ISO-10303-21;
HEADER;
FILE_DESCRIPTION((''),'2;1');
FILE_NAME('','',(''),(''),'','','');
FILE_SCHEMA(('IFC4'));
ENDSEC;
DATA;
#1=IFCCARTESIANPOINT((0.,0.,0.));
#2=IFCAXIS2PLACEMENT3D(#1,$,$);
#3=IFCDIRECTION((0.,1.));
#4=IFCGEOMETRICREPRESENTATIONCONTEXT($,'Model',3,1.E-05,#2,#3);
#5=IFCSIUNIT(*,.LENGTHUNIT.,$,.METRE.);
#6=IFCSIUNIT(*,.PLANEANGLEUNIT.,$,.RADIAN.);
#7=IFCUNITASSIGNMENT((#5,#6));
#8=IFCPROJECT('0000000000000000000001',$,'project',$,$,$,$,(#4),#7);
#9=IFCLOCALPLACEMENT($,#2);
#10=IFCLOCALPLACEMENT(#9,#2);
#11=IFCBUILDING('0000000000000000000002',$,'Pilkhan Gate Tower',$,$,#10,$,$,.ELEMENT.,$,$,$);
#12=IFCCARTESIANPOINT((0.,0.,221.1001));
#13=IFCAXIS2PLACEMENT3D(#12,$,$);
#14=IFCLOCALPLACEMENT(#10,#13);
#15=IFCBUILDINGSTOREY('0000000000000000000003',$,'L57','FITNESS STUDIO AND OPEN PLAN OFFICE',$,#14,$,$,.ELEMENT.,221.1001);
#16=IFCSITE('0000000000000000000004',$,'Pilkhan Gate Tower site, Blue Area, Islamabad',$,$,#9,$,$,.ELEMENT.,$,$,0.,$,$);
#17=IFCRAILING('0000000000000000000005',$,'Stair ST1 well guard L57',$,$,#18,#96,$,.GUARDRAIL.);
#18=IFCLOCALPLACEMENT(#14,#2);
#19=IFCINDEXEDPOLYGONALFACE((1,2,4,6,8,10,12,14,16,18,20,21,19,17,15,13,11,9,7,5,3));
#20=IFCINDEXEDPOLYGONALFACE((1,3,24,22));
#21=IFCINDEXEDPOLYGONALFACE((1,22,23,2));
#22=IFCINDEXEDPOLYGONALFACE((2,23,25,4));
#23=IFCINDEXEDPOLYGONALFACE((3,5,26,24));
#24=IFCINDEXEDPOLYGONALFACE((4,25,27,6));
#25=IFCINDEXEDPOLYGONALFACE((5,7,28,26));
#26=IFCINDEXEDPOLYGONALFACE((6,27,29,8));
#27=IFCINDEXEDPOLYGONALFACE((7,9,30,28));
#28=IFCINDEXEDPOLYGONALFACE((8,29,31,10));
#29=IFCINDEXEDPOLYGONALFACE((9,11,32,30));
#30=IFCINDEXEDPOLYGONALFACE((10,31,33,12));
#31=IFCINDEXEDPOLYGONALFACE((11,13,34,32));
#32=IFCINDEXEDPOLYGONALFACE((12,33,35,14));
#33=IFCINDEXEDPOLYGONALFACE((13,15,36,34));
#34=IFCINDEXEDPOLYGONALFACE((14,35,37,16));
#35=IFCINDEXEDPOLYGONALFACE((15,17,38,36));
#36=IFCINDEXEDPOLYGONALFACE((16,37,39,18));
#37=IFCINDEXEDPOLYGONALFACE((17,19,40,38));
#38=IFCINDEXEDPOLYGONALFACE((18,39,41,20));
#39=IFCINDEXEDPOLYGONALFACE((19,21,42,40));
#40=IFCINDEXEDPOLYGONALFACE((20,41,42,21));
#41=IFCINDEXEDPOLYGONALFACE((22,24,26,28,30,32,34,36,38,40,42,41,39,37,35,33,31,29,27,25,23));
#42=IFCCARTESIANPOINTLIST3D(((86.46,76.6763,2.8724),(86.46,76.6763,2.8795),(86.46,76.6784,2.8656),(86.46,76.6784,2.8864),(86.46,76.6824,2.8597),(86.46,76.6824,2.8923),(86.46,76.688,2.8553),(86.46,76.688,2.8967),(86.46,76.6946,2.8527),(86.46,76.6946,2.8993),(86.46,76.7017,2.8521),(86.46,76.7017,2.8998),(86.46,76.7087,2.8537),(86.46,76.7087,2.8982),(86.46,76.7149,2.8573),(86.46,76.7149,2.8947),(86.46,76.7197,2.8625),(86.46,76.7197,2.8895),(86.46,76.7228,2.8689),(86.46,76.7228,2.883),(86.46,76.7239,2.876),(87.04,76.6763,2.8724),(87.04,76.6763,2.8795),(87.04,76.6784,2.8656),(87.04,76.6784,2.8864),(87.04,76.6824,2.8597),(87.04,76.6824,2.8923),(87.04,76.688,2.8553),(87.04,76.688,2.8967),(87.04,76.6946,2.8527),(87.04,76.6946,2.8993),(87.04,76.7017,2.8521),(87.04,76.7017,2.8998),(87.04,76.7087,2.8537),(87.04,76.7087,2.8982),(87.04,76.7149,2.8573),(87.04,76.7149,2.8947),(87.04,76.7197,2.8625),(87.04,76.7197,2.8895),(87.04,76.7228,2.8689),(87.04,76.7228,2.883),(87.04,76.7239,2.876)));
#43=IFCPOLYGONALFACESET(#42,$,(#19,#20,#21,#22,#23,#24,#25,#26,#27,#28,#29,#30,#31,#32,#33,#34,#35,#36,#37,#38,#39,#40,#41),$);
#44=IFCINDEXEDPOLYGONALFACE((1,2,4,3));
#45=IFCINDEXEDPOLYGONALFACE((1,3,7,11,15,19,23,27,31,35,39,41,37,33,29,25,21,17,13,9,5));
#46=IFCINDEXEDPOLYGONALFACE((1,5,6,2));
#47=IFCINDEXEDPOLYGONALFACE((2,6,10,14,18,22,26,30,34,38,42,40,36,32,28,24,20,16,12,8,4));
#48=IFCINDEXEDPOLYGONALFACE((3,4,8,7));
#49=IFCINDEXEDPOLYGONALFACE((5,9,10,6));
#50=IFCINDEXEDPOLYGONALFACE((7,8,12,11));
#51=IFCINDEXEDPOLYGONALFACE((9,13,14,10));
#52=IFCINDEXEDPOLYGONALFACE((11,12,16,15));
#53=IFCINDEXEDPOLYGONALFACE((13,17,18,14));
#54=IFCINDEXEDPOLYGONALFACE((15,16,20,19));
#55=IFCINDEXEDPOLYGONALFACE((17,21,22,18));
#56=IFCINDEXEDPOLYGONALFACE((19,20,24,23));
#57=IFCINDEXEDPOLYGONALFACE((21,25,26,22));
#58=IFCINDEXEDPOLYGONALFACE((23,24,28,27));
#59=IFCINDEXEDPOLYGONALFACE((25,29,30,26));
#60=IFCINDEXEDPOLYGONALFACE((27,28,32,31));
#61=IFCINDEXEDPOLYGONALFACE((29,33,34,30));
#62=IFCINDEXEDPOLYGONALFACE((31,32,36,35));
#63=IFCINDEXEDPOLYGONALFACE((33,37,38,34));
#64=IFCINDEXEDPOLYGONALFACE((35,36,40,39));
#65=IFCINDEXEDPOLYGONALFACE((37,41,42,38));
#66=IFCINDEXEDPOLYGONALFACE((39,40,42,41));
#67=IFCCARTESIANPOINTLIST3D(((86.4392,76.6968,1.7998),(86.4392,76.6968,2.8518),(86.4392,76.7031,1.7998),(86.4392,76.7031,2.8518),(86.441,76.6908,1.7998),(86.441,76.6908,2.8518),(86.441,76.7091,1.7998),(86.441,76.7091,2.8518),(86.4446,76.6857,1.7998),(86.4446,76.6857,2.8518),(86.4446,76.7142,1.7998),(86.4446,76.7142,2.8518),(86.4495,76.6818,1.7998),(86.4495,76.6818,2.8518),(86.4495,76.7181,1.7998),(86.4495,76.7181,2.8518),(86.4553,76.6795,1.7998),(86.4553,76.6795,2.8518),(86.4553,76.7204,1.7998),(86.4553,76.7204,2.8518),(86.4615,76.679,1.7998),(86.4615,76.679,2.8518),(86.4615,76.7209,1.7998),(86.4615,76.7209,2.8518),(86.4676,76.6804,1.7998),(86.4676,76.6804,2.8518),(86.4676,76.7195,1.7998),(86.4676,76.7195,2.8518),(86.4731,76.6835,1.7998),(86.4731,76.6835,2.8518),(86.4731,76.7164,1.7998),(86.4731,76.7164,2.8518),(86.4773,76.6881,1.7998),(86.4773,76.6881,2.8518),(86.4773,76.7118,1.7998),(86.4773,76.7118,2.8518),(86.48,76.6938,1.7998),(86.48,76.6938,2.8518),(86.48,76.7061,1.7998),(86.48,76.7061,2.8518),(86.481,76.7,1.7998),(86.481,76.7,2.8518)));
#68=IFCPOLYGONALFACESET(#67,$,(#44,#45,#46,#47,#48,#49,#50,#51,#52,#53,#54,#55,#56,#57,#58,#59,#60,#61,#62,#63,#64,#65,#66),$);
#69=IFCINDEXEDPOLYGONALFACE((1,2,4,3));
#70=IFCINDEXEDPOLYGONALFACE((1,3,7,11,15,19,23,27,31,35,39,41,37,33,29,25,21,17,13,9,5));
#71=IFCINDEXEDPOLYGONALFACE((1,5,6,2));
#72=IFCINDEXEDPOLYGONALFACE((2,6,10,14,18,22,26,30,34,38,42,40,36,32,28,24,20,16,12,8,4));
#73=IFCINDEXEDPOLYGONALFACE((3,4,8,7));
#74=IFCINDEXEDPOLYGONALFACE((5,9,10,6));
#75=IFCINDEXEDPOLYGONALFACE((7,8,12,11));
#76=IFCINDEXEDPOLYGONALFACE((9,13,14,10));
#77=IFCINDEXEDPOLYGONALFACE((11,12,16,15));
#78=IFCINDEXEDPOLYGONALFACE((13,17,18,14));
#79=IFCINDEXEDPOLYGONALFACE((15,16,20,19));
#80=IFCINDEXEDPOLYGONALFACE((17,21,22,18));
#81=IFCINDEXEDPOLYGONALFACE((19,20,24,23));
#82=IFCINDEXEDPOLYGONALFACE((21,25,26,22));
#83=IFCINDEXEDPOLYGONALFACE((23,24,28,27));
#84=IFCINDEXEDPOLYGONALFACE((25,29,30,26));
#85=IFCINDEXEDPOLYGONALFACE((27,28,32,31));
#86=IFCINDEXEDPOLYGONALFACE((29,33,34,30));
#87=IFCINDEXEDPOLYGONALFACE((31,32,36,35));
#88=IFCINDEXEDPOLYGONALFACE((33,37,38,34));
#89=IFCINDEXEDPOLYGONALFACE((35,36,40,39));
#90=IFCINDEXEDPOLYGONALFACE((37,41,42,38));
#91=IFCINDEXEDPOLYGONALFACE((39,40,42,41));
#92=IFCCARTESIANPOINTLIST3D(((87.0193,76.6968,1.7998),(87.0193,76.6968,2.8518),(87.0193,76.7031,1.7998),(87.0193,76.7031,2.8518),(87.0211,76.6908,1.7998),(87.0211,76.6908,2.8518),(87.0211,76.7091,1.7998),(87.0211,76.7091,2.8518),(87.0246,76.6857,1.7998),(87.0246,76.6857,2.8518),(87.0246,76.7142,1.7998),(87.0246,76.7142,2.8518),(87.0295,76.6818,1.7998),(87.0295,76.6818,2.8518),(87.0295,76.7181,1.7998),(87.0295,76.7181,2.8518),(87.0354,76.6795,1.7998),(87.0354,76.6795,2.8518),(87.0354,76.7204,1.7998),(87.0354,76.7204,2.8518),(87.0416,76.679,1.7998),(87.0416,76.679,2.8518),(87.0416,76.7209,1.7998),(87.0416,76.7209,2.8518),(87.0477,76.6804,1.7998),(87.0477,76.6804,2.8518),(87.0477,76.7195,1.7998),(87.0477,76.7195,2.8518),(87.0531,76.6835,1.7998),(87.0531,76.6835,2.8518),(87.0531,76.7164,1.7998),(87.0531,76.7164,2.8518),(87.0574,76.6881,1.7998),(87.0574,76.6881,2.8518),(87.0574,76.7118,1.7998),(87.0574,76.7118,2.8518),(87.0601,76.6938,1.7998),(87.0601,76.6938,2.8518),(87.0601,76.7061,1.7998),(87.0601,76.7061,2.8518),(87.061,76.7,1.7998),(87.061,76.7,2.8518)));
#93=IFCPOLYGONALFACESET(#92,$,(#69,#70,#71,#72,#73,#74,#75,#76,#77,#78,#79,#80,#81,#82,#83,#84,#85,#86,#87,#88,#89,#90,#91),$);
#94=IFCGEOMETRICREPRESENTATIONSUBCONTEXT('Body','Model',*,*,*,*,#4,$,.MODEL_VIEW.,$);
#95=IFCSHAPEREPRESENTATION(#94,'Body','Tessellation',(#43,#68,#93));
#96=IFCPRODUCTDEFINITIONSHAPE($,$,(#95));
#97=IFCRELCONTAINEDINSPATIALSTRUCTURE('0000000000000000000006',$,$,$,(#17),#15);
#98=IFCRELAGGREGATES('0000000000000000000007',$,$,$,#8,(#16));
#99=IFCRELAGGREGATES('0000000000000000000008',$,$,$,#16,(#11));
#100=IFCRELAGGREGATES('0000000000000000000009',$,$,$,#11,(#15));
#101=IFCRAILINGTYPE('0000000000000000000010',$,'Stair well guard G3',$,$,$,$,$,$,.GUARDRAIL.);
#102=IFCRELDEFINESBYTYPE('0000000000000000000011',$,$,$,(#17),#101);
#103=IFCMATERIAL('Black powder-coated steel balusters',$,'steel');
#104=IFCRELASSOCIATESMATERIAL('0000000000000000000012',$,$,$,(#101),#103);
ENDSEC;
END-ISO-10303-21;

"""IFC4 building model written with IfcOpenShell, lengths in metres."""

from ifc_helpers import new_model, si_unit, direction, frame, origin, origin_2d, place, context, subcontext, project, spatial, circle, extrude, material, type_object, element, save


model = new_model("IFC4")

# Units and contexts
model_context = context("Model", 3, precision=1e-05, world=origin(), true_north=direction((0.0, 1.0)))
body_context = subcontext(model_context, "Body", "Model", "MODEL_VIEW")
ifc_project = project(units=[si_unit("LENGTHUNIT", "METRE"), si_unit("PLANEANGLEUNIT", "RADIAN")], contexts=[model_context])

# Site, building, storey
site_placement = place(None, origin())
site = spatial("IfcSite", under=ifc_project, at=site_placement, Name="Pilkhan Gate Tower site, Blue Area, Islamabad", CompositionType="ELEMENT", RefElevation=0.0)
building_placement = place(site_placement, origin())
building = spatial("IfcBuilding", under=site, at=building_placement, Name="Pilkhan Gate Tower", CompositionType="ELEMENT")
storey_placement = place(building_placement, frame((0.0, 0.0, 221.1001)))
storey = spatial("IfcBuildingStorey", under=building, at=storey_placement, Name="L57", Description="FITNESS STUDIO AND OPEN PLAN OFFICE", CompositionType="ELEMENT", Elevation=221.1001)

# Railing
ifc_material_1 = material(Name="Black powder-coated steel balusters", Category="steel")
railing_type_1 = type_object("IfcRailingType", Name="Stair well guard G3", PredefinedType="GUARDRAIL", material=ifc_material_1)
for number, where, name in (
    (1, (86.46, 76.7, 1.7998), "Stair ST1 well guard L57"),
):
    element("IfcRailing", number, at=place(storey_placement, frame(where)), inside=storey, type_object=railing_type_1, Name=name, PredefinedType="GUARDRAIL", context=body_context, shape_type="SweptSolid", body=[
        extrude(circle(Radius=0.0239, at=origin_2d()), frame((0.0, 0.0, 1.0762), z_axis=(1.0, 0.0, 0.0), x_axis=(0.0, 1.0, 0.0)), (0.0, 0.0, 1.0), 0.5801),
        extrude(circle(Radius=0.021, at=origin_2d()), origin(), (0.0, 0.0, 1.0), 1.052),
        extrude(circle(Radius=0.021, at=origin_2d()), frame((0.5801, 0.0, 0.0)), (0.0, 0.0, 1.0), 1.052),
    ])

save(model, "model.ifc")
